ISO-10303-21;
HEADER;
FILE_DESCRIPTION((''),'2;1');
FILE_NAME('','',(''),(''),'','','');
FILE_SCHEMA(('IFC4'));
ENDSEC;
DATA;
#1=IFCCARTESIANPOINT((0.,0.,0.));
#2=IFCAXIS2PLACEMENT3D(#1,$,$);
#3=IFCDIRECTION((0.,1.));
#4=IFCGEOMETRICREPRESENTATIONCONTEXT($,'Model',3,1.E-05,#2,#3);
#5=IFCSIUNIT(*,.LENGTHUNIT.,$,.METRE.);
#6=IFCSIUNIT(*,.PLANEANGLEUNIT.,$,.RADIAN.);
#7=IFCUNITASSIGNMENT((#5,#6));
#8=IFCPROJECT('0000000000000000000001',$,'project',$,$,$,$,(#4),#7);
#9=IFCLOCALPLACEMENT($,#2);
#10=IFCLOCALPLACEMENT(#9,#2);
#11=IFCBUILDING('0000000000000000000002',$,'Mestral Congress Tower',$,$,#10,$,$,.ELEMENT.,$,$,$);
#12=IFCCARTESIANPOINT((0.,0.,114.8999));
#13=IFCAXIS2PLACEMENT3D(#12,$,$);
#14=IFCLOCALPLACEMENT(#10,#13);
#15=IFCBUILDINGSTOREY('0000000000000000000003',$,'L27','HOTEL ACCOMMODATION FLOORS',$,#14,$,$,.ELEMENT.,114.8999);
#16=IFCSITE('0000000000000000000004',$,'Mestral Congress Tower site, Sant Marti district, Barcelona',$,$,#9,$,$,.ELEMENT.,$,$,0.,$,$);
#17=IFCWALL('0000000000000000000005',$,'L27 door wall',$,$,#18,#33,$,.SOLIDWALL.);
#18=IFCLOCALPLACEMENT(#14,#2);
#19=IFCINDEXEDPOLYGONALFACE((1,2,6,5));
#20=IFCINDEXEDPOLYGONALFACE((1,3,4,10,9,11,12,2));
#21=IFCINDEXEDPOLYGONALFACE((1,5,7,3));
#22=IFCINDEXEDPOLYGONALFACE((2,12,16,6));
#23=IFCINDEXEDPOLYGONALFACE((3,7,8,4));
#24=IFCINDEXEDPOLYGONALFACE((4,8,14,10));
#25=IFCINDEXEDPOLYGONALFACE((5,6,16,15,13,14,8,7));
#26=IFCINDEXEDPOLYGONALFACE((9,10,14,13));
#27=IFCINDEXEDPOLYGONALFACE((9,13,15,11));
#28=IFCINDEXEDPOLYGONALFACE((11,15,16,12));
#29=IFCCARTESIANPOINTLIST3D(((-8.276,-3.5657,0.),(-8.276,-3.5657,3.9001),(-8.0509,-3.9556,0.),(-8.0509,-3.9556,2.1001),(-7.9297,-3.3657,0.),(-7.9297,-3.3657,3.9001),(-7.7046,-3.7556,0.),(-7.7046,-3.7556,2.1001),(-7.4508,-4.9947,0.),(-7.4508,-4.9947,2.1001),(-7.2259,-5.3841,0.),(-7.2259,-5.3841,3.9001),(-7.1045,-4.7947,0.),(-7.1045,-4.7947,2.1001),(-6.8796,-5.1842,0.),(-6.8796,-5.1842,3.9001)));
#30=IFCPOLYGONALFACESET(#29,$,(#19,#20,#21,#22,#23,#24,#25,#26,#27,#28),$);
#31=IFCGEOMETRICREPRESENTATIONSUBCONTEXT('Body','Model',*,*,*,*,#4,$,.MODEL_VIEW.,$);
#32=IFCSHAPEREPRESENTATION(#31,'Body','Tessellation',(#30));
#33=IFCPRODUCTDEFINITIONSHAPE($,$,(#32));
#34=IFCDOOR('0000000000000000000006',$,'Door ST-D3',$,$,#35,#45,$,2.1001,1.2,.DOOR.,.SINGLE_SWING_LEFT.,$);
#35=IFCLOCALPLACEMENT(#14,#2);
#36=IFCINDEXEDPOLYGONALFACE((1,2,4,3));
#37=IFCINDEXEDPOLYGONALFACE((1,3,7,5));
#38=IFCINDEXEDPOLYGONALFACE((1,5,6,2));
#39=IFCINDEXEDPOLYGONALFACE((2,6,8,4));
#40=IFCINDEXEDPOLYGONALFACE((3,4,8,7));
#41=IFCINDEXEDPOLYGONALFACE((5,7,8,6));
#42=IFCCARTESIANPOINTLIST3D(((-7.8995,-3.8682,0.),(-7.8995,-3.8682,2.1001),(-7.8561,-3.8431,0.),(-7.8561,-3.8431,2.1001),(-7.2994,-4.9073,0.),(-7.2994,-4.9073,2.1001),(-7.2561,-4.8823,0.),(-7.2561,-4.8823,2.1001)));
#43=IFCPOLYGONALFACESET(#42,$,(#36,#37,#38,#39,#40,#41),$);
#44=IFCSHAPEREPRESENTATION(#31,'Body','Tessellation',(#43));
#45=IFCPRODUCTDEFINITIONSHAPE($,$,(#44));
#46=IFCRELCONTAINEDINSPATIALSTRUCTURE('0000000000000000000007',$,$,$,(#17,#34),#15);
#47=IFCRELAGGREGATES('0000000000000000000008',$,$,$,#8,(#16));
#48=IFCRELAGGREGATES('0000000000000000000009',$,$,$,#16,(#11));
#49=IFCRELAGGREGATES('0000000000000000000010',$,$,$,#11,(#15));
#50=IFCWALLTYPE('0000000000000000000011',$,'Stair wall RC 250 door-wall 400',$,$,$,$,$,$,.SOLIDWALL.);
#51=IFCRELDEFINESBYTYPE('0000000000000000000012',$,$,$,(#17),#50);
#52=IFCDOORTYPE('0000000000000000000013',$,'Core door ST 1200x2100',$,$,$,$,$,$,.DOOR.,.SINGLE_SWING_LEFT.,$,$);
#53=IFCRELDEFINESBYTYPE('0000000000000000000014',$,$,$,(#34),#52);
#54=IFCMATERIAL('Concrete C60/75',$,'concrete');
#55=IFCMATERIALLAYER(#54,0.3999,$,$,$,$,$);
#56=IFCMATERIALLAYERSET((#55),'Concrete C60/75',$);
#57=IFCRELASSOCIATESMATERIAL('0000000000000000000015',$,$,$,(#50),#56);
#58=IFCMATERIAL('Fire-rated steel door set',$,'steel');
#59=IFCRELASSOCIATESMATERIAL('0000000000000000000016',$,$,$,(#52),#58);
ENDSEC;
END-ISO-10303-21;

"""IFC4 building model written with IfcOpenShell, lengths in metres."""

from ifc_helpers import new_model, si_unit, direction, frame, frame_2d, origin, place, context, subcontext, project, spatial, rectangle, extrude, material, layer, layer_set, type_object, element, fill, save


model = new_model("IFC4")

# Units and contexts
model_context = context("Model", 3, precision=1e-05, world=origin(), true_north=direction((0.0, 1.0)))
body_context = subcontext(model_context, "Body", "Model", "MODEL_VIEW")
ifc_project = project(units=[si_unit("LENGTHUNIT", "METRE"), si_unit("PLANEANGLEUNIT", "RADIAN")], contexts=[model_context])

# Site, building, storey
site_placement = place(None, origin())
site = spatial("IfcSite", under=ifc_project, at=site_placement, Name="Mestral Congress Tower site, Sant Marti district, Barcelona", CompositionType="ELEMENT", RefElevation=0.0)
building_placement = place(site_placement, origin())
building = spatial("IfcBuilding", under=site, at=building_placement, Name="Mestral Congress Tower", CompositionType="ELEMENT")
storey_placement = place(building_placement, frame((0.0, 0.0, 114.8999)))
storey = spatial("IfcBuildingStorey", under=building, at=storey_placement, Name="L27", Description="HOTEL ACCOMMODATION FLOORS", CompositionType="ELEMENT", Elevation=114.8999)

# Shared definitions
ifc_material_1 = material(Name="Fire-rated steel door set", Category="steel")

# Shared definitions
ifc_material_2 = material(Name="Concrete C60/75", Category="concrete")

# Wall, opening, door
ifc_layer_1 = layer(ifc_material_2, 0.3999)
ifc_layer_set_1 = layer_set([ifc_layer_1], Name="Concrete C60/75")
wall_type_1 = type_object("IfcWallType", Name="Stair wall RC 250 door-wall 400", PredefinedType="SOLIDWALL", material=ifc_layer_set_1)
wall_1_placement = place(storey_placement, frame((-8.1028, -3.4658, 0.0), z_axis=(0.0, 0.0, 1.0), x_axis=(0.500078, -0.86598, 0.0)))
wall_1 = element("IfcWall", 1, at=wall_1_placement, inside=storey, type_object=wall_type_1, Name="L27 door wall", PredefinedType="SOLIDWALL", context=body_context, shape_type="SweptSolid", body=[
    extrude(rectangle(XDim=2.0999, YDim=0.3999, at=frame_2d((1.0498, 0.0))), origin(), (0.0, 0.0, 1.0), 3.9001),
])
opening_1_placement = place(wall_1_placement, frame((0.45, 0.0, 0.0)))
opening_1 = element("IfcOpeningElement", 2, at=opening_1_placement, cuts=wall_1, PredefinedType="OPENING", context=body_context, shape_type="SweptSolid", body=[
    extrude(rectangle(XDim=1.2, YDim=2.1001, at=frame_2d((0.6001, 1.05))), frame((0.0, 0.21, 0.0), z_axis=(0.0, -1.0, 0.0), x_axis=(1.0, 0.0, 0.0)), (0.0, 0.0, 1.0), 0.4199),
])
door_type_1 = type_object("IfcDoorType", Name="Core door ST 1200x2100", OperationType="SINGLE_SWING_LEFT", PredefinedType="DOOR", material=ifc_material_1)
door_1_placement = place(opening_1_placement, origin())
door_1 = element("IfcDoor", 3, at=door_1_placement, inside=storey, type_object=door_type_1, Name="Door ST-D3", OperationType="SINGLE_SWING_LEFT", OverallHeight=2.1001, OverallWidth=1.2, PredefinedType="DOOR", context=body_context, shape_type="SweptSolid", body=[
    extrude(rectangle(XDim=1.2, YDim=2.1001, at=frame_2d((0.6001, 1.05))), frame((0.0, 0.0249, 0.0), z_axis=(0.0, -1.0, 0.0), x_axis=(1.0, 0.0, 0.0)), (0.0, 0.0, 1.0), 0.05),
])
fill(opening_1, door_1)

save(model, "model.ifc")
